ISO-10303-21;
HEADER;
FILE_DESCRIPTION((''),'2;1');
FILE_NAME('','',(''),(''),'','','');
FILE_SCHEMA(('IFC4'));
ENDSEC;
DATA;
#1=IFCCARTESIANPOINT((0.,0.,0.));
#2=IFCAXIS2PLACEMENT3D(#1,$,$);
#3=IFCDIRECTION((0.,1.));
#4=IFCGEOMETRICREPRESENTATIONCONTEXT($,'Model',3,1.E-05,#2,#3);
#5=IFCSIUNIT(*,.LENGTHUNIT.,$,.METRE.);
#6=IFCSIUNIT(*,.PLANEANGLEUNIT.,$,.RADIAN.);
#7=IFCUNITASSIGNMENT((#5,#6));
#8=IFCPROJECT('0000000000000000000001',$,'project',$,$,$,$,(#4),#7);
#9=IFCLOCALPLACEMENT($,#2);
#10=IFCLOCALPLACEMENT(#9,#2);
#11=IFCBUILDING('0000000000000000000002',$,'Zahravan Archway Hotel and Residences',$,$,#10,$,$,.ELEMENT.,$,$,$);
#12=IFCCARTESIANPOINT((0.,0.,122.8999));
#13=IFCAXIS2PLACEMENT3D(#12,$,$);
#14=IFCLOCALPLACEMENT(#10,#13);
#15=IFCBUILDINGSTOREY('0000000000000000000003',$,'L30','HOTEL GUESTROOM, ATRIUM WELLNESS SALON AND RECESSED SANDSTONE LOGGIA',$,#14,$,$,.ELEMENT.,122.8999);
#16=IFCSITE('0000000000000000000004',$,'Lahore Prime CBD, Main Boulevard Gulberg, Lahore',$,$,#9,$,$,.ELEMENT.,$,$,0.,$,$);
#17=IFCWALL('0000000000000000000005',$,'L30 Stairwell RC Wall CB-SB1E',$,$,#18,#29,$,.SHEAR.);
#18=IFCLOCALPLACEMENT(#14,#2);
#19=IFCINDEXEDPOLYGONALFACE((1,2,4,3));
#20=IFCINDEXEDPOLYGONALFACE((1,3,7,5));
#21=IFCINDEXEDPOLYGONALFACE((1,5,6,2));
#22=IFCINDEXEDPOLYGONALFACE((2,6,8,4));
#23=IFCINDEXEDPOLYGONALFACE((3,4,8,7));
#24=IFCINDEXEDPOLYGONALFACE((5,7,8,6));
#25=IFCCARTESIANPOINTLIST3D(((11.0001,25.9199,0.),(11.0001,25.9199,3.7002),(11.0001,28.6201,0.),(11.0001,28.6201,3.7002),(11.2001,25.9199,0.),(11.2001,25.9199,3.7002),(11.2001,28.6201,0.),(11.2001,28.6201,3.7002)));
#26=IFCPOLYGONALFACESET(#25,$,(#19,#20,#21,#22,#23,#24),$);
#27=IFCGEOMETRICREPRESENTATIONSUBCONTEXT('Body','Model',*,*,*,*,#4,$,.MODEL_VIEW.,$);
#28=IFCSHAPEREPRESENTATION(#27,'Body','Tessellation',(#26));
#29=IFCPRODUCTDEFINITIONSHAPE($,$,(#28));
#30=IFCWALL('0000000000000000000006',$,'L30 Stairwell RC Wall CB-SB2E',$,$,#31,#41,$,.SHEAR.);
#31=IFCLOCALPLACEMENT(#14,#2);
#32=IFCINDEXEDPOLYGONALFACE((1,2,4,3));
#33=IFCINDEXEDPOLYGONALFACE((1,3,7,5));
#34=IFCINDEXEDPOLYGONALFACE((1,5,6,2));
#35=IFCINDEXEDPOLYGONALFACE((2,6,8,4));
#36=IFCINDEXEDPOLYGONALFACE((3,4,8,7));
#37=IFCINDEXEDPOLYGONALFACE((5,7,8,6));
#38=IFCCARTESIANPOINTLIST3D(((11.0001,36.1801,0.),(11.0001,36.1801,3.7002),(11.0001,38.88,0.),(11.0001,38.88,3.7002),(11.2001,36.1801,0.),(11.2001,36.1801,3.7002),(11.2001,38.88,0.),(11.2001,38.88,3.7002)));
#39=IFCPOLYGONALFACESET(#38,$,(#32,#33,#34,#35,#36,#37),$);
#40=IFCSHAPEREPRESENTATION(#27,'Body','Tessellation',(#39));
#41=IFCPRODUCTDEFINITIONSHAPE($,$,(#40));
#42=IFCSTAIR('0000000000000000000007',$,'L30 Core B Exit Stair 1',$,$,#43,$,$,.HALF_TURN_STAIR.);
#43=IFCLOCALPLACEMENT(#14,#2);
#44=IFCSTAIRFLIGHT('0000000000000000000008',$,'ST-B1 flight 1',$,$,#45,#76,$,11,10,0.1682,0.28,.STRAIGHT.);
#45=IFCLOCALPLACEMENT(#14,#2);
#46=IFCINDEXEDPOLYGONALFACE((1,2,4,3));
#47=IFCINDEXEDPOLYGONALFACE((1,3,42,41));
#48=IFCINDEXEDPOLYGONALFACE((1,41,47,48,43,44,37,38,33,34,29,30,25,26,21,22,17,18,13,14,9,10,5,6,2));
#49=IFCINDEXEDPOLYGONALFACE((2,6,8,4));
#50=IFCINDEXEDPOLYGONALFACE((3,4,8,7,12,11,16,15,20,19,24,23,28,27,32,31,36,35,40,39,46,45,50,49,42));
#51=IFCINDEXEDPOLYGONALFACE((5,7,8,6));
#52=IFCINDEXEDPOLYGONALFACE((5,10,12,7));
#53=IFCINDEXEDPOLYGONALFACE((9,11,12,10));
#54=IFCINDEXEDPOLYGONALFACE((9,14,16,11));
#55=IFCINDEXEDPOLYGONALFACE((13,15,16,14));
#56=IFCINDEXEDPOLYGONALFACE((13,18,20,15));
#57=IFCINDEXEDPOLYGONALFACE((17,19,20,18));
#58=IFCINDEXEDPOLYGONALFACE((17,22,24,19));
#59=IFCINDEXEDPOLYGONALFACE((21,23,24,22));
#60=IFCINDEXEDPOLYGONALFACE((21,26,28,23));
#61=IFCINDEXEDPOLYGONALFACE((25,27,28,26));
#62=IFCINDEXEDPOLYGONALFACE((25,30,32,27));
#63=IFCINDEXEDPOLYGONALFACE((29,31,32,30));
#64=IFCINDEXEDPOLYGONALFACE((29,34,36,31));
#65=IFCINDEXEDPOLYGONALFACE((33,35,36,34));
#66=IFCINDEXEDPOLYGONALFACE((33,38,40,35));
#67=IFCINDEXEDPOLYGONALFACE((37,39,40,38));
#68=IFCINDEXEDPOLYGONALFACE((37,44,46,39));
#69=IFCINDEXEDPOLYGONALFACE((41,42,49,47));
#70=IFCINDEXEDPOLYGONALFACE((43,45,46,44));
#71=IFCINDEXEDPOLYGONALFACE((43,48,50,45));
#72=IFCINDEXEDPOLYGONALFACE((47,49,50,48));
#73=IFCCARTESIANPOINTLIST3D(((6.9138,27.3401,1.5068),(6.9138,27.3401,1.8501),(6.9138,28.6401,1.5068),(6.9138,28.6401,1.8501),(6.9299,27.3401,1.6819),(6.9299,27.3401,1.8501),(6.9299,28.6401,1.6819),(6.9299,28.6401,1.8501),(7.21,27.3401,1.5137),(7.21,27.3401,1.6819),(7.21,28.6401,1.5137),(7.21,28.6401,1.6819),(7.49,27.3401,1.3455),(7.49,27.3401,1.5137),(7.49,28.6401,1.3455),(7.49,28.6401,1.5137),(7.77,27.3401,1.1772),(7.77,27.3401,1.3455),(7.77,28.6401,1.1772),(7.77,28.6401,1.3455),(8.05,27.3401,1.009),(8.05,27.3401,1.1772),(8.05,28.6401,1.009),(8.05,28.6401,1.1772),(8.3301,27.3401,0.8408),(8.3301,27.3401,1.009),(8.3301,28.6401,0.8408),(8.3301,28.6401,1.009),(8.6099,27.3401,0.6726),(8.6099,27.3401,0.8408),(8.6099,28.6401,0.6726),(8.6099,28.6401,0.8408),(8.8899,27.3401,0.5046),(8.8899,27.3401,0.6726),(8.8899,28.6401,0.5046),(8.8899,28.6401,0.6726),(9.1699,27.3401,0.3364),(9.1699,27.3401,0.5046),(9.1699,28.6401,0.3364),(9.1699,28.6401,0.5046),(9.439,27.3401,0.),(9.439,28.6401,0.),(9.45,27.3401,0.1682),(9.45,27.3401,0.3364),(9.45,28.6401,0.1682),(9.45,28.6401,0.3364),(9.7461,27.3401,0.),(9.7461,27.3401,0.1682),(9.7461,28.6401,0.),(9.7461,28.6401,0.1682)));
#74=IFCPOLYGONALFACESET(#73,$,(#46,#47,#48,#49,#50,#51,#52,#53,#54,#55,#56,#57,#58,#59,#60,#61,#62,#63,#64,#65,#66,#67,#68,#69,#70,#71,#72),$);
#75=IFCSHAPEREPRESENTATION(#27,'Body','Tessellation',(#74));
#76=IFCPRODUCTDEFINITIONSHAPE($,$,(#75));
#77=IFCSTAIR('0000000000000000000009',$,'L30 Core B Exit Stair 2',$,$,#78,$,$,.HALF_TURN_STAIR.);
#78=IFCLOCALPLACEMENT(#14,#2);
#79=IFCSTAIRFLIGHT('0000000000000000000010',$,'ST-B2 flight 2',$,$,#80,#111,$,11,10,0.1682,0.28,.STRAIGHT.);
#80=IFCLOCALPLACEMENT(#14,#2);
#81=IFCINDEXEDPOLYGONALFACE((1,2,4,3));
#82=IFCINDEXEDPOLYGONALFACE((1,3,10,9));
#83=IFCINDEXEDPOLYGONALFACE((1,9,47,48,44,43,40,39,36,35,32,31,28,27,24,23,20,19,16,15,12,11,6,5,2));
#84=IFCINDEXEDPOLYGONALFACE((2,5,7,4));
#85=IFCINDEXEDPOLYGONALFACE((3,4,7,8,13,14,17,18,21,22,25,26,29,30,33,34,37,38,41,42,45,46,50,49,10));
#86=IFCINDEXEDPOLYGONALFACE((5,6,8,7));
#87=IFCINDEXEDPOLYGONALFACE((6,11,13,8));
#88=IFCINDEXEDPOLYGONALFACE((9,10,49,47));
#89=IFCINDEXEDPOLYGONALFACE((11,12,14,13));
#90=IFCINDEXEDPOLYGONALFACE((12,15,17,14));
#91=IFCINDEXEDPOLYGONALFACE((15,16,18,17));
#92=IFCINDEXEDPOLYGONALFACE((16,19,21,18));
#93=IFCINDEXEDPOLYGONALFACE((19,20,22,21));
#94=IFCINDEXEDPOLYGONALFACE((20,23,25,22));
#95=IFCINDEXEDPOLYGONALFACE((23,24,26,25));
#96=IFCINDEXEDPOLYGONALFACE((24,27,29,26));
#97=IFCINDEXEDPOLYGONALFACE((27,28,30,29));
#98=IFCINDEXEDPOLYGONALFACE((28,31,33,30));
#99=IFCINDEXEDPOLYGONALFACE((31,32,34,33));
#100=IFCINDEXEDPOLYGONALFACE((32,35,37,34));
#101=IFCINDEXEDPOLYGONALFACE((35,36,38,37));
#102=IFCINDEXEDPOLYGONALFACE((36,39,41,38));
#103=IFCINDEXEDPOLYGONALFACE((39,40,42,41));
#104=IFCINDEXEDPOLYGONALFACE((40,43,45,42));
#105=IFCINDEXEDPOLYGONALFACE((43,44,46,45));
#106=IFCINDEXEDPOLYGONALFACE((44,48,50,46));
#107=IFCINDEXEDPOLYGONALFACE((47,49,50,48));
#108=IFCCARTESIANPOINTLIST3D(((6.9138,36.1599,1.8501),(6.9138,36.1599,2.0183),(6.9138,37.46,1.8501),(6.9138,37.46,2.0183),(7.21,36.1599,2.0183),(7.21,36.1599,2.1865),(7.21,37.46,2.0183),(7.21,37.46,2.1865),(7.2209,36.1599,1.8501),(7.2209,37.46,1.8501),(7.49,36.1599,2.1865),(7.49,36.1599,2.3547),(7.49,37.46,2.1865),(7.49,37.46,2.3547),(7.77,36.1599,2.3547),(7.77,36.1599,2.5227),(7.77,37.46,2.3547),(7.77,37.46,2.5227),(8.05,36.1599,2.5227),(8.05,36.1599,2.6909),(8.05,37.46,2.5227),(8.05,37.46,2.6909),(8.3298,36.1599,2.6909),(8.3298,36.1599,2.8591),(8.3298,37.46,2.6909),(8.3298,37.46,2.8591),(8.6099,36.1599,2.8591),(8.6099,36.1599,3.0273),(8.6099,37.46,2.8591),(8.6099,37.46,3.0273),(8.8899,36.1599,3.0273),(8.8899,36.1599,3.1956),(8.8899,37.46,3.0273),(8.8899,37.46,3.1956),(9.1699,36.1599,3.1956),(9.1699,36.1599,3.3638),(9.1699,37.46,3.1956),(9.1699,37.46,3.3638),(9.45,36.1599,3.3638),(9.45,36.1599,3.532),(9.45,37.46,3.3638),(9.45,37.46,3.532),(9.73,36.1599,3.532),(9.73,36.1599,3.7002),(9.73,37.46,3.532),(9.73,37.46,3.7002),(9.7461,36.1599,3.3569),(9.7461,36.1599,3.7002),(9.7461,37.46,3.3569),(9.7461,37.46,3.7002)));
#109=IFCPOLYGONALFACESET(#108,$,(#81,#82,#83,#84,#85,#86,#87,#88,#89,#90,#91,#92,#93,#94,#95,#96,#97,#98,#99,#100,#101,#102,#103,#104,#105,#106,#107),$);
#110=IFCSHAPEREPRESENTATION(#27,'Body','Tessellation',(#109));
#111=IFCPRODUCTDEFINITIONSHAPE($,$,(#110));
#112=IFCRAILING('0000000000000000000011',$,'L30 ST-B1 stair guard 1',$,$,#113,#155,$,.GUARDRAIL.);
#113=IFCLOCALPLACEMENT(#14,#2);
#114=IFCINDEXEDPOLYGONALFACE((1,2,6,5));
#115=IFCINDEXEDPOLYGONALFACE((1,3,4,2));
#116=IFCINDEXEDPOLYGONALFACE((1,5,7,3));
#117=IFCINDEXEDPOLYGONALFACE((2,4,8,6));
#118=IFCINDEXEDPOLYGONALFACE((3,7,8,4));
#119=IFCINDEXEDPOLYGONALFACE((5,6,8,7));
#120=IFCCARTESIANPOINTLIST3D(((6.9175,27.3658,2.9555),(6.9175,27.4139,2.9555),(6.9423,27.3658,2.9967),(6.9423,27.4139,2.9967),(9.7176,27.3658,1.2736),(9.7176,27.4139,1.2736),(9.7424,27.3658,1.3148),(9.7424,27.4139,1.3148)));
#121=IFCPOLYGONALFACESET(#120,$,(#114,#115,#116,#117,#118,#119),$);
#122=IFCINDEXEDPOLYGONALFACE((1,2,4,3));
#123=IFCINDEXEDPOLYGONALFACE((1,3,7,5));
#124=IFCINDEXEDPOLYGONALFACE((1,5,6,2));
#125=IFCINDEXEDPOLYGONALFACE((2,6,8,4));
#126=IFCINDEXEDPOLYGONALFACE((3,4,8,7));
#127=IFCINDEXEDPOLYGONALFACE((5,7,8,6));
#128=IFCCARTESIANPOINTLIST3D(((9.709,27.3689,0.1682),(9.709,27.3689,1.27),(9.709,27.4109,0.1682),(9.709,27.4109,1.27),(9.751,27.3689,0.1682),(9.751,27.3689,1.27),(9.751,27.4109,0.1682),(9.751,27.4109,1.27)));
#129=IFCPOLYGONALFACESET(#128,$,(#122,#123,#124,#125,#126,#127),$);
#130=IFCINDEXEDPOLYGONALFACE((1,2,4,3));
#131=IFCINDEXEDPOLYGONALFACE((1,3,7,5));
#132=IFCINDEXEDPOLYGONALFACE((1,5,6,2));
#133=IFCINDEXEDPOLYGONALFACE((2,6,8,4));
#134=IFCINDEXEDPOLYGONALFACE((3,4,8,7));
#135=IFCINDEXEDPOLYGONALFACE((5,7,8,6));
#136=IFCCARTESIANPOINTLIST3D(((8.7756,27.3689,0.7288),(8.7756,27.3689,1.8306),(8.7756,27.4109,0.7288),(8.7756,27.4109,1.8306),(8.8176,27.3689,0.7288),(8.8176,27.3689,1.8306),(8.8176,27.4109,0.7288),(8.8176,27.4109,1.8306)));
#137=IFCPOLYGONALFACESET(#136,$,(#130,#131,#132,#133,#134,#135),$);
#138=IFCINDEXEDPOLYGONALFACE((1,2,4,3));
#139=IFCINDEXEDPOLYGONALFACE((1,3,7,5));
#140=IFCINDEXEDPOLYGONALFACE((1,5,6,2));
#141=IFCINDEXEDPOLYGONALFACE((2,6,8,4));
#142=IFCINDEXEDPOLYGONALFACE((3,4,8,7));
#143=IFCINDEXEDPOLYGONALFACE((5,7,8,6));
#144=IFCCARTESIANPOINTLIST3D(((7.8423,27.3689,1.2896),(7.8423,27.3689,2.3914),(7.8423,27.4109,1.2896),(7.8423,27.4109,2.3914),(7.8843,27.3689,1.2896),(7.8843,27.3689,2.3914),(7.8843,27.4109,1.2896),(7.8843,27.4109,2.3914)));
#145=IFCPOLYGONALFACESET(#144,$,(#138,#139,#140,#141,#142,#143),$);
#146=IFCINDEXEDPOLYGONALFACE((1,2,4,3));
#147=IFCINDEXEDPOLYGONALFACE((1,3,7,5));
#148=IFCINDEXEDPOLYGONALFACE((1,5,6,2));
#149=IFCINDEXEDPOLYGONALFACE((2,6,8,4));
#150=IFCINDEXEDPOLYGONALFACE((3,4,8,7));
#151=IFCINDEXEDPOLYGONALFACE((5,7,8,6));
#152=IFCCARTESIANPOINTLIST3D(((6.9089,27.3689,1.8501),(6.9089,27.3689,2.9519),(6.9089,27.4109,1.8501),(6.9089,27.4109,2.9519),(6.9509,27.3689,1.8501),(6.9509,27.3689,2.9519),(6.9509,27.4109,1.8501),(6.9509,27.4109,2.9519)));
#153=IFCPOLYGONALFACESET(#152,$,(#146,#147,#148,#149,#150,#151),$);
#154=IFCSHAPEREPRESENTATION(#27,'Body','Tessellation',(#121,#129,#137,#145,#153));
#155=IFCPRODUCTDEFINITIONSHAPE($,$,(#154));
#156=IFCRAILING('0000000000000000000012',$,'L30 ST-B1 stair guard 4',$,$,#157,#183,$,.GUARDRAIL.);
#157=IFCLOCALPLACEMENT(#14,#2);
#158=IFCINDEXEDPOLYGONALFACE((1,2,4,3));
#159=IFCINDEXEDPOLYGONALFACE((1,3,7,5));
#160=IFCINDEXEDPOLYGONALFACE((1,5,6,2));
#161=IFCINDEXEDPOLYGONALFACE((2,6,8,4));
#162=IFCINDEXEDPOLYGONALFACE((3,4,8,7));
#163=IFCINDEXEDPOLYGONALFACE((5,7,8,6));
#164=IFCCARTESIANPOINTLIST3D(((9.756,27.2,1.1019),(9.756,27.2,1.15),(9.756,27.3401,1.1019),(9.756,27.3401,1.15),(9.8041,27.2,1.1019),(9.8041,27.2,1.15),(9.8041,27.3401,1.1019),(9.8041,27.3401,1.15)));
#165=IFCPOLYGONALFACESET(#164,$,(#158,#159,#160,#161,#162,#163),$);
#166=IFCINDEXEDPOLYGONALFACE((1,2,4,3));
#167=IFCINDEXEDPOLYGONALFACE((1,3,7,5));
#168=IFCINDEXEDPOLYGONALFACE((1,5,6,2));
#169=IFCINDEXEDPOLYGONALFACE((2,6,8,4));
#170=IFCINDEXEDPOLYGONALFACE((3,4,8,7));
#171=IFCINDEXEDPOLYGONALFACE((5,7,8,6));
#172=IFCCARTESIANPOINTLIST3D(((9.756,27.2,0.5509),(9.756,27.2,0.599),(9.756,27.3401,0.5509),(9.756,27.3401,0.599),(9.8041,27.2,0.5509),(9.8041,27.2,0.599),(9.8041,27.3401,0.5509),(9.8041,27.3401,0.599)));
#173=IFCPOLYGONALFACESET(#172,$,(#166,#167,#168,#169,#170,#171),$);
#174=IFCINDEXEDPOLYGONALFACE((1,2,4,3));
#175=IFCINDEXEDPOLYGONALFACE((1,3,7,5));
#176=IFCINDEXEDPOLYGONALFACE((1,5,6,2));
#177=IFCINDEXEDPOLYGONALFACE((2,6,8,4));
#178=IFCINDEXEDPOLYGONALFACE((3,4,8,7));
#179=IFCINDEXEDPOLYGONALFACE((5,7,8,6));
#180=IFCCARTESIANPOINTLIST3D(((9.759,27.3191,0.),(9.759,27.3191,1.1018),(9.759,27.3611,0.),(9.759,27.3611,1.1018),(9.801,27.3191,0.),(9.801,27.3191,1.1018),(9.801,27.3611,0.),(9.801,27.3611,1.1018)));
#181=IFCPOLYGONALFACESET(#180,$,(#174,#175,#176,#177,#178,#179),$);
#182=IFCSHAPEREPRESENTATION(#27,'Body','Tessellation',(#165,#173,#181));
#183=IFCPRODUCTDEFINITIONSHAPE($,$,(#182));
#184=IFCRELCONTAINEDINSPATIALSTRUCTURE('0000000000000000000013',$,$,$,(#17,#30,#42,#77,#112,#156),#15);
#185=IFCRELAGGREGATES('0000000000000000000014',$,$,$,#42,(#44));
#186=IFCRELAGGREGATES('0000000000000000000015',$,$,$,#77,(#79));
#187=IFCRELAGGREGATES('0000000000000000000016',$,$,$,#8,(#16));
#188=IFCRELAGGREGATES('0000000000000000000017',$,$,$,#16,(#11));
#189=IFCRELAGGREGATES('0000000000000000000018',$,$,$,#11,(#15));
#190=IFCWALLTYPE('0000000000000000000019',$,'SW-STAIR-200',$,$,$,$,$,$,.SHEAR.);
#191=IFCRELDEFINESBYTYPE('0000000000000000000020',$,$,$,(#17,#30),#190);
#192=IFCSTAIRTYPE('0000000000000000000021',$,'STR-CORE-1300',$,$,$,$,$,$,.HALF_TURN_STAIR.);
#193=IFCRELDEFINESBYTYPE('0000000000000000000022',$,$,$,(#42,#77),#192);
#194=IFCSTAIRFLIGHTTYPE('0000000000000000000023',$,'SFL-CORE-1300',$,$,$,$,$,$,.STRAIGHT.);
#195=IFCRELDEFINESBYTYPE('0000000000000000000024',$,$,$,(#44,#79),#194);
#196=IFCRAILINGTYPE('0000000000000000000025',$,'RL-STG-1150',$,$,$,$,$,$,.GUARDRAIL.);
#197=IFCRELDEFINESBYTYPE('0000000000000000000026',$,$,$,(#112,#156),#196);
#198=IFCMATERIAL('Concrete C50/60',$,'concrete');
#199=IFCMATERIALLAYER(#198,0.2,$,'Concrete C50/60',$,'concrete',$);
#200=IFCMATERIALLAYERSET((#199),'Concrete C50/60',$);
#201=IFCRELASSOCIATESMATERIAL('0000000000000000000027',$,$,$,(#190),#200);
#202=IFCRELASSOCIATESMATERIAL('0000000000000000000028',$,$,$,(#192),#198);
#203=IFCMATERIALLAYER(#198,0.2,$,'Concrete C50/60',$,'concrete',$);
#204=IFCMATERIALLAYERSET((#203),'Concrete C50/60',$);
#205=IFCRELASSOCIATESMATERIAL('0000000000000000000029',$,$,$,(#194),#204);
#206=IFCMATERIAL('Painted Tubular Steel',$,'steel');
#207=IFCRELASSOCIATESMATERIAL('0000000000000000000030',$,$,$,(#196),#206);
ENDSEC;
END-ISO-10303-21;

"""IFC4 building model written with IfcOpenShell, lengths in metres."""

from ifc_helpers import new_model, si_unit, direction, frame, frame_2d, origin, origin_2d, place, context, subcontext, project, spatial, polyline, rectangle, outline, extrude, source, transform, mapped, material, layer, layer_set, type_object, element, aggregate, save


model = new_model("IFC4")

# Units and contexts
model_context = context("Model", 3, precision=1e-05, world=origin(), true_north=direction((0.0, 1.0)))
body_context = subcontext(model_context, "Body", "Model", "MODEL_VIEW")
ifc_project = project(units=[si_unit("LENGTHUNIT", "METRE"), si_unit("PLANEANGLEUNIT", "RADIAN")], contexts=[model_context])

# Site, building, storey
site_placement = place(None, origin())
site = spatial("IfcSite", under=ifc_project, at=site_placement, Name="Lahore Prime CBD, Main Boulevard Gulberg, Lahore", CompositionType="ELEMENT", RefElevation=0.0)
building_placement = place(site_placement, origin())
building = spatial("IfcBuilding", under=site, at=building_placement, Name="Zahravan Archway Hotel and Residences", CompositionType="ELEMENT")
storey_placement = place(building_placement, frame((0.0, 0.0, 122.8999)))
storey = spatial("IfcBuildingStorey", under=building, at=storey_placement, Name="L30", Description="HOTEL GUESTROOM, ATRIUM WELLNESS SALON AND RECESSED SANDSTONE LOGGIA", CompositionType="ELEMENT", Elevation=122.8999)

# Walls
ifc_material_1 = material(Name="Concrete C50/60", Category="concrete")
ifc_layer_1 = layer(ifc_material_1, 0.2, Name="Concrete C50/60", Category="concrete")
ifc_layer_set_1 = layer_set([ifc_layer_1], Name="Concrete C50/60")
wall_type_1 = type_object("IfcWallType", Name="SW-STAIR-200", PredefinedType="SHEAR", material=ifc_layer_set_1)
wall_1_placement = place(storey_placement, frame((11.1001, 25.9199, 0.0), z_axis=(0.0, 0.0, 1.0), x_axis=(0.0, 1.0, 0.0)))
element("IfcWall", 1, at=wall_1_placement, inside=storey, type_object=wall_type_1, Name="L30 Stairwell RC Wall CB-SB1E", PredefinedType="SHEAR", context=body_context, shape_type="SweptSolid", body=[
    extrude(rectangle(XDim=2.7002, YDim=0.2, at=frame_2d((1.3501, 0.0))), origin(), (0.0, 0.0, 1.0), 3.7002),
])
wall_2_placement = place(storey_placement, frame((11.1001, 36.1799, 0.0), z_axis=(0.0, 0.0, 1.0), x_axis=(0.0, 1.0, 0.0)))
element("IfcWall", 2, at=wall_2_placement, inside=storey, type_object=wall_type_1, Name="L30 Stairwell RC Wall CB-SB2E", PredefinedType="SHEAR", context=body_context, shape_type="SweptSolid", body=[
    extrude(rectangle(XDim=2.7, YDim=0.2, at=frame_2d((1.3501, 0.0))), origin(), (0.0, 0.0, 1.0), 3.7002),
])

# Stairs, stair flights
stair_type = type_object("IfcStairType", Name="STR-CORE-1300", PredefinedType="HALF_TURN_STAIR", material=ifc_material_1)
stair_1_placement = place(storey_placement, origin())
stair_1 = element("IfcStair", 3, at=stair_1_placement, inside=storey, type_object=stair_type, Name="L30 Core B Exit Stair 1", PredefinedType="HALF_TURN_STAIR")
ifc_layer_2 = layer(ifc_material_1, 0.2, Name="Concrete C50/60", Category="concrete")
ifc_layer_set_2 = layer_set([ifc_layer_2], Name="Concrete C50/60")
stair_flight_type = type_object("IfcStairFlightType", Name="SFL-CORE-1300", PredefinedType="STRAIGHT", material=ifc_layer_set_2)
shared_shape_1 = source(origin(), body_context, "Body", "SweptSolid", [
    extrude(outline(polyline([(-0.0161, 0.0), (-0.0161, 0.1682), (0.28, 0.1682), (0.28, 0.3364), (0.5601, 0.3364), (0.5601, 0.5046), (0.8401, 0.5046), (0.8401, 0.6726), (1.1201, 0.6726), (1.1201, 0.8408), (1.3999, 0.8408), (1.3999, 1.009), (1.6799, 1.009), (1.6799, 1.1772), (1.96, 1.1772), (1.96, 1.3455), (2.24, 1.3455), (2.24, 1.5137), (2.52, 1.5137), (2.52, 1.6819), (2.8, 1.6819), (2.8, 1.8501), (2.8162, 1.8501), (2.8162, 1.5068), (0.291, 0.0), (-0.0161, 0.0)])), frame((0.0, 0.6499, 0.0), z_axis=(0.0, -1.0, 0.0), x_axis=(1.0, 0.0, 0.0)), (0.0, 0.0, 1.0), 1.3),
])
stair_flight_1_placement = place(storey_placement, frame((9.73, 27.99, 0.0), z_axis=(0.0, 0.0, 1.0), x_axis=(-1.0, 0.0, 0.0)))
stair_flight_1 = element("IfcStairFlight", 4, at=stair_flight_1_placement, type_object=stair_flight_type, Name="ST-B1 flight 1", NumberOfRisers=11, NumberOfTreads=10, PredefinedType="STRAIGHT", RiserHeight=0.1682, TreadLength=0.28, context=body_context, shape_type="MappedRepresentation", body=[
    mapped(shared_shape_1, transform((0.0, 0.0, 0.0), scale=1.0)),
])
aggregate(stair_1, [stair_flight_1])
stair_2_placement = place(storey_placement, origin())
stair_2 = element("IfcStair", 5, at=stair_2_placement, inside=storey, type_object=stair_type, Name="L30 Core B Exit Stair 2", PredefinedType="HALF_TURN_STAIR")
stair_flight_2_placement = place(storey_placement, frame((6.9299, 36.8101, 1.8501), z_axis=(0.0, 0.0, 1.0), x_axis=(1.0, 0.0, 0.0)))
stair_flight_2 = element("IfcStairFlight", 6, at=stair_flight_2_placement, type_object=stair_flight_type, Name="ST-B2 flight 2", NumberOfRisers=11, NumberOfTreads=10, PredefinedType="STRAIGHT", RiserHeight=0.1682, TreadLength=0.28, context=body_context, shape_type="MappedRepresentation", body=[
    mapped(shared_shape_1, transform((0.0, 0.0, 0.0), scale=1.0)),
])
aggregate(stair_2, [stair_flight_2])

# Railings
ifc_material_2 = material(Name="Painted Tubular Steel", Category="steel")
railing_type_1 = type_object("IfcRailingType", Name="RL-STG-1150", PredefinedType="GUARDRAIL", material=ifc_material_2)
railing_1_placement = place(storey_placement, frame((9.73, 27.3899, 0.1682)))
element("IfcRailing", 7, at=railing_1_placement, inside=storey, type_object=railing_type_1, Name="L30 ST-B1 stair guard 1", PredefinedType="GUARDRAIL", context=body_context, shape_type="SweptSolid", body=[
    extrude(rectangle(XDim=0.0481, YDim=0.0481, at=origin_2d()), frame((0.0, 0.0, 1.126), z_axis=(-0.857242, 0.0, 0.514913), x_axis=(0.0, -1.0, 0.0)), (0.0, 0.0, 1.0), 3.2664),
    extrude(rectangle(XDim=0.042, YDim=0.042, at=origin_2d()), origin(), (0.0, 0.0, 1.0), 1.1018),
    extrude(rectangle(XDim=0.042, YDim=0.042, at=origin_2d()), frame((-0.9333, 0.0, 0.5605)), (0.0, 0.0, 1.0), 1.1018),
    extrude(rectangle(XDim=0.042, YDim=0.042, at=origin_2d()), frame((-1.8667, 0.0, 1.1213)), (0.0, 0.0, 1.0), 1.1018),
    extrude(rectangle(XDim=0.042, YDim=0.042, at=origin_2d()), frame((-2.8, 0.0, 1.6819)), (0.0, 0.0, 1.0), 1.1018),
])
railing_2_placement = place(storey_placement, frame((9.78, 27.3401, 0.0)))
element("IfcRailing", 8, at=railing_2_placement, inside=storey, type_object=railing_type_1, Name="L30 ST-B1 stair guard 4", PredefinedType="GUARDRAIL", context=body_context, shape_type="SweptSolid", body=[
    extrude(rectangle(XDim=0.0481, YDim=0.0481, at=origin_2d()), frame((0.0, 0.0, 1.126), z_axis=(0.0, -1.0, 0.0), x_axis=(1.0, 0.0, 0.0)), (0.0, 0.0, 1.0), 0.1401),
    extrude(rectangle(XDim=0.0481, YDim=0.0481, at=origin_2d()), frame((0.0, 0.0, 0.575), z_axis=(0.0, -1.0, 0.0), x_axis=(1.0, 0.0, 0.0)), (0.0, 0.0, 1.0), 0.1401),
    extrude(rectangle(XDim=0.042, YDim=0.042, at=origin_2d()), origin(), (0.0, 0.0, 1.0), 1.1018),
])

save(model, "model.ifc")
